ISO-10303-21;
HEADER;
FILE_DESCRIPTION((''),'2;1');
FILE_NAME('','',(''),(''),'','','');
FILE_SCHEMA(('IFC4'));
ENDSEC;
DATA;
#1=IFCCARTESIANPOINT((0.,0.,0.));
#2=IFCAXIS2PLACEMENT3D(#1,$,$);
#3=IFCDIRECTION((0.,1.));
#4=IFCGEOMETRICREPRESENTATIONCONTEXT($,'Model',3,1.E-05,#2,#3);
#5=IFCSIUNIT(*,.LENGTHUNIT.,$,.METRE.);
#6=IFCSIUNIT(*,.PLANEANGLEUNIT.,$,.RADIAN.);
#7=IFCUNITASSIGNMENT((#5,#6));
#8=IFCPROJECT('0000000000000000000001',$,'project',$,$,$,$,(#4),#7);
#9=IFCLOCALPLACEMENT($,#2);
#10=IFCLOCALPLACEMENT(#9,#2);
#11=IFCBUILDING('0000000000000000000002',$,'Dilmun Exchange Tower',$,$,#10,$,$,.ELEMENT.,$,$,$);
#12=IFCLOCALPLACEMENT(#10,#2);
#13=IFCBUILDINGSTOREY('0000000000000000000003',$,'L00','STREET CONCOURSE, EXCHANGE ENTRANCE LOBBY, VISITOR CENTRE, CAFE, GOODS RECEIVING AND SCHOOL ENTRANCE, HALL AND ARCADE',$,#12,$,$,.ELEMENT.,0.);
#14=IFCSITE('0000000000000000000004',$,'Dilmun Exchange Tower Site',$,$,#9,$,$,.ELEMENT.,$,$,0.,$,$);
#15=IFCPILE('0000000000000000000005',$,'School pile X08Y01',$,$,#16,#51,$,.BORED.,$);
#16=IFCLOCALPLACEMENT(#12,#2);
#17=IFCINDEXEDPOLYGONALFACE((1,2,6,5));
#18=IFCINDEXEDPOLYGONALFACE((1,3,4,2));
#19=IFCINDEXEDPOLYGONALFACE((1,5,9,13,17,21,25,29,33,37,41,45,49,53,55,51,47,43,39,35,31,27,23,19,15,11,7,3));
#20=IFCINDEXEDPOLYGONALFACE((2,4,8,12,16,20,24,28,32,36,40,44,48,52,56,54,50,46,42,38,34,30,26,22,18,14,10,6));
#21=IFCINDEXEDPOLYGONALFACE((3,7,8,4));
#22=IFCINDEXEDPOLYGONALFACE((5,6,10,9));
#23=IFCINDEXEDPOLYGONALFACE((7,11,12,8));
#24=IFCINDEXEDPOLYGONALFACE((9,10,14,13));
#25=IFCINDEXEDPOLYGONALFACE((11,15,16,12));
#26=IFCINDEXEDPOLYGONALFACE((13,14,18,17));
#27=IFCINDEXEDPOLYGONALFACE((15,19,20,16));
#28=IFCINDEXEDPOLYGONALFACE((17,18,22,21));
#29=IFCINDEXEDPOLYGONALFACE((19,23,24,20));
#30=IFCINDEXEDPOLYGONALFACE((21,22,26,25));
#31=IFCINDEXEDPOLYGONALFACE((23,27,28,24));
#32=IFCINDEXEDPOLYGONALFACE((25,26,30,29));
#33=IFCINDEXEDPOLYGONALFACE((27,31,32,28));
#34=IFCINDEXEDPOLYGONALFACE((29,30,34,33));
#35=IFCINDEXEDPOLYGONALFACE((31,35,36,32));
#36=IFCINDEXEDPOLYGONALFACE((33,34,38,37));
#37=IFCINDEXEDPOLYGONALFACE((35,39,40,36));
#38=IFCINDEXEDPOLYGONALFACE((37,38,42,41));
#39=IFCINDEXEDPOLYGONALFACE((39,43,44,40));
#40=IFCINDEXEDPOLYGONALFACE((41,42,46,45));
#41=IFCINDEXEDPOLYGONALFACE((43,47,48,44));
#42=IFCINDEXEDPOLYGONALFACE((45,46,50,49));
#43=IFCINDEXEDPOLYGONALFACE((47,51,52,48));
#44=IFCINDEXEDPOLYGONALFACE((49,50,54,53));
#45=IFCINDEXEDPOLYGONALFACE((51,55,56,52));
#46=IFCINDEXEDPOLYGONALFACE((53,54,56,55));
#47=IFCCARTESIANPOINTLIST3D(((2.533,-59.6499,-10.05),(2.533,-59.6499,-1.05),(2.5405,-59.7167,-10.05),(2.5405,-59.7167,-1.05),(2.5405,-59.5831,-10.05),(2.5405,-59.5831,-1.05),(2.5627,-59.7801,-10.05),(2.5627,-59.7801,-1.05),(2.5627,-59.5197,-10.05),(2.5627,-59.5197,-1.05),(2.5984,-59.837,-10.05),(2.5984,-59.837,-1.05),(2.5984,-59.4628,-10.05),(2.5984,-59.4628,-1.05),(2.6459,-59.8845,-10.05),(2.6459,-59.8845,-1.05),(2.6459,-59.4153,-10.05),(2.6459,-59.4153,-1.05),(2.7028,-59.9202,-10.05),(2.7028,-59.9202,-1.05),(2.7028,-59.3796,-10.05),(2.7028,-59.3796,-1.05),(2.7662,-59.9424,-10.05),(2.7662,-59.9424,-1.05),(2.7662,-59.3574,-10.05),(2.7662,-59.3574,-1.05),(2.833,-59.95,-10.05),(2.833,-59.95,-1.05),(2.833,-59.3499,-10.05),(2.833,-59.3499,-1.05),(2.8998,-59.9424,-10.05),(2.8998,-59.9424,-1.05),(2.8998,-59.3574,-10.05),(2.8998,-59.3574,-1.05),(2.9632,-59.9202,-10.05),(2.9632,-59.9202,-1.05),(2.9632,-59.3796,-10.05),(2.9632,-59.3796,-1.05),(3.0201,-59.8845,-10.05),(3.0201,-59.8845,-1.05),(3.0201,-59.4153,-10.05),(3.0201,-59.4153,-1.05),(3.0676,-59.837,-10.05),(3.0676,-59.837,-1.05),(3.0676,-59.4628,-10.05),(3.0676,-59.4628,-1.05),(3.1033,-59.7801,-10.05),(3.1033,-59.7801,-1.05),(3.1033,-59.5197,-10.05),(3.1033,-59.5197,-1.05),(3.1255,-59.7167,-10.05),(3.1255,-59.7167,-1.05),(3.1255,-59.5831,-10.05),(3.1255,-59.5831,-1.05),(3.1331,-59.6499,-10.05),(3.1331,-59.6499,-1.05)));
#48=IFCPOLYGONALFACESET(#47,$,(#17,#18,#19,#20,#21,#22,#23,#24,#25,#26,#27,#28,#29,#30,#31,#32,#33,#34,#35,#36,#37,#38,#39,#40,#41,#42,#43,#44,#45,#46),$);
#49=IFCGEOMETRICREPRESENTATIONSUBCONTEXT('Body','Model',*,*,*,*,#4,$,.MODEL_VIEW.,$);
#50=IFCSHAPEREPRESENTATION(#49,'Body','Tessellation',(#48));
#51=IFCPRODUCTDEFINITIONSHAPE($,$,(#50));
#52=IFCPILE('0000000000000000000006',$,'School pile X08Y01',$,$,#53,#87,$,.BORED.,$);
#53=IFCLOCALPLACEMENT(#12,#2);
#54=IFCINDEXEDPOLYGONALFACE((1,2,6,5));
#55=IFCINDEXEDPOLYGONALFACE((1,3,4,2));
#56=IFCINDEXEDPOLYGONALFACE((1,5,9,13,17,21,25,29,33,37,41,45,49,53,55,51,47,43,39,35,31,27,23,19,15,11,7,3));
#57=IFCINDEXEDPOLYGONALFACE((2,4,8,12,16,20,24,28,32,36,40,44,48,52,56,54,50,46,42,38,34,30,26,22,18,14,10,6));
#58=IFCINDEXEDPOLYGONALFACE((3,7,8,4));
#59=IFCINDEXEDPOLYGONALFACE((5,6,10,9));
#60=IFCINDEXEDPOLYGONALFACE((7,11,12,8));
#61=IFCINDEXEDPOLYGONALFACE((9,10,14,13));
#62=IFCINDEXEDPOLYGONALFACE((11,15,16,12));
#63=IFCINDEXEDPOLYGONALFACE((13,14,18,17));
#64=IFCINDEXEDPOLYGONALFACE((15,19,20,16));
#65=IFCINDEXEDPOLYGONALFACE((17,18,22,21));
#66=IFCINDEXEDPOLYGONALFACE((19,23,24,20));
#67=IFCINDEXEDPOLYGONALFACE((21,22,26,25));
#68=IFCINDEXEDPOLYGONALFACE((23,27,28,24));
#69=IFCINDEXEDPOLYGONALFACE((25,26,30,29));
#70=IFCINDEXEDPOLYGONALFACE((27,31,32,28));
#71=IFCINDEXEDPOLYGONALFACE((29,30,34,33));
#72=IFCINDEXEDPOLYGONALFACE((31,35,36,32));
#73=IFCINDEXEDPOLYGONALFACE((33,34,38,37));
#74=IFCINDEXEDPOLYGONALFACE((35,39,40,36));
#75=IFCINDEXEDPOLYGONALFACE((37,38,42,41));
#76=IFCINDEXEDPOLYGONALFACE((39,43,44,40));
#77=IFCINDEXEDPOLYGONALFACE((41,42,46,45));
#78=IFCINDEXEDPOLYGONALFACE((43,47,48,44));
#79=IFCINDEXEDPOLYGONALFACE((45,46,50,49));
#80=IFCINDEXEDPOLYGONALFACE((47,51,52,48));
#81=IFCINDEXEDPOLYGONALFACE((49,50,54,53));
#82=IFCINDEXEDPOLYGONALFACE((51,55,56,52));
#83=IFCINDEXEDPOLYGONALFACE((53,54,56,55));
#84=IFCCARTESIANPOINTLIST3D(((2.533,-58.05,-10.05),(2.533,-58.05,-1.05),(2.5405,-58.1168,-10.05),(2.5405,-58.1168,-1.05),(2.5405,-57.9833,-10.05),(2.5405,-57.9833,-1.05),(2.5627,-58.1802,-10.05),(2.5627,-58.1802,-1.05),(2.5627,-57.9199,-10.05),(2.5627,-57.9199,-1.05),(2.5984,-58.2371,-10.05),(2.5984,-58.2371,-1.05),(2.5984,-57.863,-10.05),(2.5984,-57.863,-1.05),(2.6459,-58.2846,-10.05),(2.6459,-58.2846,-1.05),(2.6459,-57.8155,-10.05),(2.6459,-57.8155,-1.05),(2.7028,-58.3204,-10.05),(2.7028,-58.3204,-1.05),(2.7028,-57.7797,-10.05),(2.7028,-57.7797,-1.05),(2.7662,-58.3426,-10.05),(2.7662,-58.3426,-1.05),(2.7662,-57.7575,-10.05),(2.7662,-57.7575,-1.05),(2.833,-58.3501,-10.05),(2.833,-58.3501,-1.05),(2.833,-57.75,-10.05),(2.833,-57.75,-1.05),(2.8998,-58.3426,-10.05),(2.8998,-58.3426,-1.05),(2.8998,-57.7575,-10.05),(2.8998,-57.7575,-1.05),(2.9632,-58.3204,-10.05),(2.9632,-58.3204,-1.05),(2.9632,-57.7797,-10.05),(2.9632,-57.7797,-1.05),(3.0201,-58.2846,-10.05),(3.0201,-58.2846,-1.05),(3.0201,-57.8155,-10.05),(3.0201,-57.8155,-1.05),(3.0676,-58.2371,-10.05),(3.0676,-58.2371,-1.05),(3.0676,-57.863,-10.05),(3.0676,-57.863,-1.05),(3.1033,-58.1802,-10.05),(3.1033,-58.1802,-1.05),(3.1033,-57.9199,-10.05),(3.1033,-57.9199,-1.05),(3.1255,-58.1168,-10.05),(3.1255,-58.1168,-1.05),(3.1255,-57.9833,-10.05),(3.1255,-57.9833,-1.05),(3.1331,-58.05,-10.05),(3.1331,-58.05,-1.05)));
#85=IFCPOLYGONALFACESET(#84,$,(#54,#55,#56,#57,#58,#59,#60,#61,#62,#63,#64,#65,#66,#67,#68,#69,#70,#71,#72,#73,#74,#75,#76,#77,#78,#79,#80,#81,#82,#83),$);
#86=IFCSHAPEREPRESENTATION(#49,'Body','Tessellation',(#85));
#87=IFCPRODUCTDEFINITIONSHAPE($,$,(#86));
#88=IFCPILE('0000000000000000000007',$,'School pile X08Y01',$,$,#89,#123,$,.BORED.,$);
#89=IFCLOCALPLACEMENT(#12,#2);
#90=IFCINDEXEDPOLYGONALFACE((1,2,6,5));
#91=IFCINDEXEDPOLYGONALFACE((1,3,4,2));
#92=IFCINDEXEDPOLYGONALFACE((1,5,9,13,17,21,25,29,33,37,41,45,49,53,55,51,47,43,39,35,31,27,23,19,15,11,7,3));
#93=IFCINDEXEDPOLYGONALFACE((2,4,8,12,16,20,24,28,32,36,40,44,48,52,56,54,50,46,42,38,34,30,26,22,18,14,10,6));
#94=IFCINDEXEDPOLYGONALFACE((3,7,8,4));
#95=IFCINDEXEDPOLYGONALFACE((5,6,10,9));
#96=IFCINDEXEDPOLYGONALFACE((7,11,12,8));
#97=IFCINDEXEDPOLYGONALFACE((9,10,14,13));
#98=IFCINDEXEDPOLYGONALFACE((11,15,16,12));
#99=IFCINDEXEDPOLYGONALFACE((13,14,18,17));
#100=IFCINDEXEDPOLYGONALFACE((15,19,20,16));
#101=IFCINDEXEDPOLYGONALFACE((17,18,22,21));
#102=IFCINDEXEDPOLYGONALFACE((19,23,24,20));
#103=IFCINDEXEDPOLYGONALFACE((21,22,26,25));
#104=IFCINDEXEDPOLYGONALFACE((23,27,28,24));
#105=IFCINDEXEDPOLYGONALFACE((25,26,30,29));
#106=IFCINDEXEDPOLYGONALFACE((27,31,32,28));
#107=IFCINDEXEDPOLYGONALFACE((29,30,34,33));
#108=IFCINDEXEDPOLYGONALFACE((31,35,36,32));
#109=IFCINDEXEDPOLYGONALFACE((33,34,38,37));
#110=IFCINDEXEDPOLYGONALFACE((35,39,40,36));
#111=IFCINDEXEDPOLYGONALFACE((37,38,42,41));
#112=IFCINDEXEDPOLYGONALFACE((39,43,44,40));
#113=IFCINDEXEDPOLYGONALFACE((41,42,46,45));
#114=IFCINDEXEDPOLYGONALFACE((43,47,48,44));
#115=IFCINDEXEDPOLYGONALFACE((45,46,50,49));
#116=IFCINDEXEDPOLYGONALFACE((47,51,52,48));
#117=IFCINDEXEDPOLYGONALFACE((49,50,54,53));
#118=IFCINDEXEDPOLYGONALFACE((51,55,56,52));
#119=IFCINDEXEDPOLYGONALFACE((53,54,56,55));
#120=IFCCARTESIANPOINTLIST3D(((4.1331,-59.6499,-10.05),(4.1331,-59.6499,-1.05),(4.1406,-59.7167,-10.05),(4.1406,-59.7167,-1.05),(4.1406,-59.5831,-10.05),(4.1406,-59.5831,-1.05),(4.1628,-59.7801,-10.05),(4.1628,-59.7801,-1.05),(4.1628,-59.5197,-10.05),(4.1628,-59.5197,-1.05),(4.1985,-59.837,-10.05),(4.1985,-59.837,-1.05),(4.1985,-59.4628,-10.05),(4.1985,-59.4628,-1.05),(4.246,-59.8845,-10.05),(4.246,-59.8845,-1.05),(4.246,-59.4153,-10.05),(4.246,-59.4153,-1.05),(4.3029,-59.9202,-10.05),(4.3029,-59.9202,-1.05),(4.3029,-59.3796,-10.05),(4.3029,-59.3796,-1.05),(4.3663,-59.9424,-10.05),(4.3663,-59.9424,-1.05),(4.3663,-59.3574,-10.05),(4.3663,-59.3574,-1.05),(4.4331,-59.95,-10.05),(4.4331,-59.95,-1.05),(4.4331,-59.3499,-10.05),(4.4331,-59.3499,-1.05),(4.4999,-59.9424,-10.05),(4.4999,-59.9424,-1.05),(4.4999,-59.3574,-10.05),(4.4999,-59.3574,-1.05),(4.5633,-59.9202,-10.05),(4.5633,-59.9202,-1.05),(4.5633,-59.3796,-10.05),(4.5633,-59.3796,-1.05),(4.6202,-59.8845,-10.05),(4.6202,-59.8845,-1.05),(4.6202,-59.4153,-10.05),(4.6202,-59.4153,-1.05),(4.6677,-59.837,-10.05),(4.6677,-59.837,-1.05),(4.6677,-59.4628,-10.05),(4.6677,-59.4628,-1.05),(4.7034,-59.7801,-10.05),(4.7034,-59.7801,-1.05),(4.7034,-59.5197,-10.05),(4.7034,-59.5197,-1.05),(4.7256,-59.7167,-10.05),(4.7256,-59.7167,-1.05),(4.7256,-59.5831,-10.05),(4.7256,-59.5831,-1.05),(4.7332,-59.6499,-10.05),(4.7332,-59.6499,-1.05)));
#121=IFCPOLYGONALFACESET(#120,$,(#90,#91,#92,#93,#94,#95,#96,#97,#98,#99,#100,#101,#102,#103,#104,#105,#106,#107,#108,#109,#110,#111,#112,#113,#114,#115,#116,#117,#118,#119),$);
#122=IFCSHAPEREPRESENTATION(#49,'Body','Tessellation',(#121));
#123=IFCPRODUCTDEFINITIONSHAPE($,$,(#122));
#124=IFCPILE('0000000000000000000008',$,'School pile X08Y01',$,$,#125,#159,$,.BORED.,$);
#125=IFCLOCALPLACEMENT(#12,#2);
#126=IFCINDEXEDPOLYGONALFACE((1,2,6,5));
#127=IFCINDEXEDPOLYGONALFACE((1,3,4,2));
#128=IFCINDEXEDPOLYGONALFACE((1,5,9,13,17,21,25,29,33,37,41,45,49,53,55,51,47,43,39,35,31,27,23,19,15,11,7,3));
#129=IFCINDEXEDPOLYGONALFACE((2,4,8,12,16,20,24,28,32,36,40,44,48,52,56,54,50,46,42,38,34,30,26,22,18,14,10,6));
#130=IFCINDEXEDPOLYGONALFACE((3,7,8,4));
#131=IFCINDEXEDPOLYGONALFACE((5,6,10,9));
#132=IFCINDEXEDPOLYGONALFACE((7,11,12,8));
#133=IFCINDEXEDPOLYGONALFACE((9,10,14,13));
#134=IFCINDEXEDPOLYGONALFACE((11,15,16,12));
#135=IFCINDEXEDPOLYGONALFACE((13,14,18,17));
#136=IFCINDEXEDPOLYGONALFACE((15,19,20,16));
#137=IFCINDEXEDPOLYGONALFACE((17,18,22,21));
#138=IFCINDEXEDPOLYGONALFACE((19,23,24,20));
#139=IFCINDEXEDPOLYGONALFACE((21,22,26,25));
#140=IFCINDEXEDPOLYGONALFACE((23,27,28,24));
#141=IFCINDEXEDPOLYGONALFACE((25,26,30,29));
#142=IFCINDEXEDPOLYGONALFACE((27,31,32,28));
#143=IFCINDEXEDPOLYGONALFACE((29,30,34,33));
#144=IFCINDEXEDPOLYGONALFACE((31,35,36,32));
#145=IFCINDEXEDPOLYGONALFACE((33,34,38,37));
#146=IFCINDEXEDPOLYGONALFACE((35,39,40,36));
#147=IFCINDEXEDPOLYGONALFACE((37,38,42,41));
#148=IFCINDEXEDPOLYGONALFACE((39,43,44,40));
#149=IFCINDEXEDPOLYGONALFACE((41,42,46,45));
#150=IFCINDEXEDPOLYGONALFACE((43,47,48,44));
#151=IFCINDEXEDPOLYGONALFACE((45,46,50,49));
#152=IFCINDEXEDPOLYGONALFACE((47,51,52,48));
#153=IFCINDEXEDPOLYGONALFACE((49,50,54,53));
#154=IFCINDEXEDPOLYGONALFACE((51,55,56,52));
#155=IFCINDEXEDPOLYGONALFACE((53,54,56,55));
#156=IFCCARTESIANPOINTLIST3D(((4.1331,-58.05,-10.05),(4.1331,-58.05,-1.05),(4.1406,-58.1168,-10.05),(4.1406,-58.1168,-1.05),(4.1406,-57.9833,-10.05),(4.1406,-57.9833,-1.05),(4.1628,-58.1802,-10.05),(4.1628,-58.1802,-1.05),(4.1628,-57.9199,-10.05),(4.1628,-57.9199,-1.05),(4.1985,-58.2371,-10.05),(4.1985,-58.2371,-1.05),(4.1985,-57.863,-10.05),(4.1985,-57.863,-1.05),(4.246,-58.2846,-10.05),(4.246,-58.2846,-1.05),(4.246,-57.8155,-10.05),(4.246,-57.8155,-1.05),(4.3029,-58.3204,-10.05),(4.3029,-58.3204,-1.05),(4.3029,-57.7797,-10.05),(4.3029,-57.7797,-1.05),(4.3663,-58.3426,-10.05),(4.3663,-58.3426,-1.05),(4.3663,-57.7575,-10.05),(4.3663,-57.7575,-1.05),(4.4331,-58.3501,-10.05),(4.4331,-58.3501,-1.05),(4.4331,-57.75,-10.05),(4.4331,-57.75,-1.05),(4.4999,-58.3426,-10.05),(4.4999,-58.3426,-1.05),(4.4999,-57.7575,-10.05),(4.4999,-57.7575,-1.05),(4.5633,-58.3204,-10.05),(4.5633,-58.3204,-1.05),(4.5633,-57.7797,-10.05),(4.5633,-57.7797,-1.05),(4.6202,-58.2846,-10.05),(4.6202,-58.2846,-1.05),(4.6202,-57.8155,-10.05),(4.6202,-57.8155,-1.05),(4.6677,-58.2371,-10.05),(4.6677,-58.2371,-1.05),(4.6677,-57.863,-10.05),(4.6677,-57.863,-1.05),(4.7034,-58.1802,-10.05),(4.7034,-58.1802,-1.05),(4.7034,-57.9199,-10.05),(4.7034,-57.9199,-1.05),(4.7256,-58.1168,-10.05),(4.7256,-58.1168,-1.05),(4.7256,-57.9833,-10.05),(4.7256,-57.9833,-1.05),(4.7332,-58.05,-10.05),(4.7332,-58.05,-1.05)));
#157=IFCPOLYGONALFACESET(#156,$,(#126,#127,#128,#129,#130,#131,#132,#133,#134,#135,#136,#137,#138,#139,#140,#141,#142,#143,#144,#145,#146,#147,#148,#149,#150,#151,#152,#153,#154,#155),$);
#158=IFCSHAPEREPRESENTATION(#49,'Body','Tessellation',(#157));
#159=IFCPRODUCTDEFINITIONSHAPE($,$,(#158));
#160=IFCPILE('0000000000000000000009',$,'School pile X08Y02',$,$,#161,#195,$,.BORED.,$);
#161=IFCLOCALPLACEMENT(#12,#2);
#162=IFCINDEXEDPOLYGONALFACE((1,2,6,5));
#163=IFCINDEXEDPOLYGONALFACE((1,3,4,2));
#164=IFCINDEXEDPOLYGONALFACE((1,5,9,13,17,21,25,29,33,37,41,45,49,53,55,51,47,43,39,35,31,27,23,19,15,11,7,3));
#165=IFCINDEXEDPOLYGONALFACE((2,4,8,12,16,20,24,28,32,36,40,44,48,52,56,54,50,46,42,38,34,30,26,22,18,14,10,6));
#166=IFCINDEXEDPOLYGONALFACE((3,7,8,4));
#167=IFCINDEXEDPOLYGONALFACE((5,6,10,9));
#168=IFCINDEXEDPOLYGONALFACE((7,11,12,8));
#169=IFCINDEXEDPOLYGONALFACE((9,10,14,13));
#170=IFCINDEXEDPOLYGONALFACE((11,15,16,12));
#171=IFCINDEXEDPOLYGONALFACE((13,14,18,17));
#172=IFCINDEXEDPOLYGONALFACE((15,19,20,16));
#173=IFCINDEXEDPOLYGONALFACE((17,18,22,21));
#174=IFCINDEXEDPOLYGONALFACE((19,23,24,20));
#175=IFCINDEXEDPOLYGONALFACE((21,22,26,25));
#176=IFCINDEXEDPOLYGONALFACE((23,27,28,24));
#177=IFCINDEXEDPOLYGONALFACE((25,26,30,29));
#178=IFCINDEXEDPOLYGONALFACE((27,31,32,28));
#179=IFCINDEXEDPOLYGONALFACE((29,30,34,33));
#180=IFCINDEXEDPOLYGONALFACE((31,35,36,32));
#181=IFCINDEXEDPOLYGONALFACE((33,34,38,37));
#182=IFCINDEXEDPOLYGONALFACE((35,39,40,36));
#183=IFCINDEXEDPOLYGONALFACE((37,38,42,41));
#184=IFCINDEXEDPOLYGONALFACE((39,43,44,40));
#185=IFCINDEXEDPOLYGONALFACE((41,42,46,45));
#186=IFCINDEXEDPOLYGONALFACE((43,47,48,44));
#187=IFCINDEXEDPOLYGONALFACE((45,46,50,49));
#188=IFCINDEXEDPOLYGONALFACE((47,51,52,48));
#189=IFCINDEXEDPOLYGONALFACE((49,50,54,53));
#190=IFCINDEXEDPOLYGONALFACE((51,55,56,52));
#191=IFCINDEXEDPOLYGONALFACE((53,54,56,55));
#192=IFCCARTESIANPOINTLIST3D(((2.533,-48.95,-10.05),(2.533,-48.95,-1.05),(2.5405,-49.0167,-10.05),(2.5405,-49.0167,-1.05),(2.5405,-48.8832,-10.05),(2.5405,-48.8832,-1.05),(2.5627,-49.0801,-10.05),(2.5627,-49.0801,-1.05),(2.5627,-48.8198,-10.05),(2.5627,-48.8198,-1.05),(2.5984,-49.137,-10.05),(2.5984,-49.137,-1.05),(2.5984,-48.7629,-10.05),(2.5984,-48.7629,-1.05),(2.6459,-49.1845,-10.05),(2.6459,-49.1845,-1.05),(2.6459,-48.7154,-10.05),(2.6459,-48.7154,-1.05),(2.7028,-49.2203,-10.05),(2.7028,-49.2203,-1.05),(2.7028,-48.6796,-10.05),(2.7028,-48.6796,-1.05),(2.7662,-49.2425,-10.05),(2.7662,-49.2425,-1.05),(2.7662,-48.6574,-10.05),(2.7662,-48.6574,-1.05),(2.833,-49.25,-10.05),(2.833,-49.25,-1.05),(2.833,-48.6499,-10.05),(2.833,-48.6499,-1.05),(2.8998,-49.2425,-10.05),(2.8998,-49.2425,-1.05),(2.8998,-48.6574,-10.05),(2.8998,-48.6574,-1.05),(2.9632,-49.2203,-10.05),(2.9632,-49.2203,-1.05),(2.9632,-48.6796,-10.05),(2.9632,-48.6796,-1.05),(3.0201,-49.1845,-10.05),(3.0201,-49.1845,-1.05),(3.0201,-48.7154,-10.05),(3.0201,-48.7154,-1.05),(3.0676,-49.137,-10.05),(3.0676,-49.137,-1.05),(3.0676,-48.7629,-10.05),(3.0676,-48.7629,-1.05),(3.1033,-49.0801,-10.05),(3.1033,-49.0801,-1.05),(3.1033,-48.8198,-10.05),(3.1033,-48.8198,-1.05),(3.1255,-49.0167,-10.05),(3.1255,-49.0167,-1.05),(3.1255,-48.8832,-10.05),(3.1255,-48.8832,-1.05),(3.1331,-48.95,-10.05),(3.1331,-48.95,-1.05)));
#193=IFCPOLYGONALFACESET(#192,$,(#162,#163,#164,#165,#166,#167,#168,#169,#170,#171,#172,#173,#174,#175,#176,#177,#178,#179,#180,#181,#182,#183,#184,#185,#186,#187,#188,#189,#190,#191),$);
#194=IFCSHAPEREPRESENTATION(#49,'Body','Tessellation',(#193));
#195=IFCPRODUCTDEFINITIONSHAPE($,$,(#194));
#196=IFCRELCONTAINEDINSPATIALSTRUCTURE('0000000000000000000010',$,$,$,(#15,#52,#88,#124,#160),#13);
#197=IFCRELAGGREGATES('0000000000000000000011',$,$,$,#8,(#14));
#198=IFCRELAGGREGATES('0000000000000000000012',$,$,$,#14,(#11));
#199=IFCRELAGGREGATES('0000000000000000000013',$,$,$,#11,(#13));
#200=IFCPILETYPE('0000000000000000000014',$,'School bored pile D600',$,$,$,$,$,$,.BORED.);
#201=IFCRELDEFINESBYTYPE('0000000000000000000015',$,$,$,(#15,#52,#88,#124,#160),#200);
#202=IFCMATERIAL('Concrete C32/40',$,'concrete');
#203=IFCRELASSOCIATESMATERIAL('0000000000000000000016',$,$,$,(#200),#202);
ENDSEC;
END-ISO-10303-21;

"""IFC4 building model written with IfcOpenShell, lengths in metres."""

from ifc_helpers import new_model, si_unit, direction, frame, origin, origin_2d, place, context, subcontext, project, spatial, circle, extrude, material, material_profile, profile_set, type_object, element, save


model = new_model("IFC4")

# Units and contexts
model_context = context("Model", 3, precision=1e-05, world=origin(), true_north=direction((0.0, 1.0)))
body_context = subcontext(model_context, "Body", "Model", "MODEL_VIEW")
ifc_project = project(units=[si_unit("LENGTHUNIT", "METRE"), si_unit("PLANEANGLEUNIT", "RADIAN")], contexts=[model_context])

# Site, building, storey
site_placement = place(None, origin())
site = spatial("IfcSite", under=ifc_project, at=site_placement, Name="Dilmun Exchange Tower Site", CompositionType="ELEMENT", RefElevation=0.0)
building_placement = place(site_placement, origin())
building = spatial("IfcBuilding", under=site, at=building_placement, Name="Dilmun Exchange Tower", CompositionType="ELEMENT")
storey_placement = place(building_placement, origin())
storey = spatial("IfcBuildingStorey", under=building, at=storey_placement, Name="L00", Description="STREET CONCOURSE, EXCHANGE ENTRANCE LOBBY, VISITOR CENTRE, CAFE, GOODS RECEIVING AND SCHOOL ENTRANCE, HALL AND ARCADE", CompositionType="ELEMENT", Elevation=0.0)

# Piles
ifc_material_1 = material(Name="Concrete C32/40", Category="concrete")
ifc_material_profile_1 = material_profile(ifc_material_1, circle(Radius=0.3, at=origin_2d()), Name="D600")
ifc_profile_set_1 = profile_set([ifc_material_profile_1], Name="Concrete C32/40")
pile_type = type_object("IfcPileType", Name="School bored pile D600", PredefinedType="BORED", material=ifc_profile_set_1)
for number, where, z_axis, x_axis, name in (
    (1, (2.833, -59.6499, -1.05), (0.0, 0.0, -1.0), (1.0, 0.0, 0.0), "School pile X08Y01"),
    (2, (2.833, -58.05, -1.05), (0.0, 0.0, -1.0), (1.0, 0.0, 0.0), "School pile X08Y01"),
    (3, (4.4331, -59.6499, -1.05), (0.0, 0.0, -1.0), (1.0, 0.0, 0.0), "School pile X08Y01"),
    (4, (4.4331, -58.05, -1.05), (0.0, 0.0, -1.0), (1.0, 0.0, 0.0), "School pile X08Y01"),
    (5, (2.833, -48.95, -1.05), (0.0, 0.0, -1.0), (1.0, 0.0, 0.0), "School pile X08Y02"),
):
    element("IfcPile", number, at=place(storey_placement, frame(where, z_axis=z_axis, x_axis=x_axis)), inside=storey, type_object=pile_type, Name=name, PredefinedType="BORED", context=body_context, shape_type="SweptSolid", body=[
        extrude(circle(Radius=0.3, at=origin_2d()), origin(), (0.0, 0.0, 1.0), 9.0),
    ])

save(model, "model.ifc")
